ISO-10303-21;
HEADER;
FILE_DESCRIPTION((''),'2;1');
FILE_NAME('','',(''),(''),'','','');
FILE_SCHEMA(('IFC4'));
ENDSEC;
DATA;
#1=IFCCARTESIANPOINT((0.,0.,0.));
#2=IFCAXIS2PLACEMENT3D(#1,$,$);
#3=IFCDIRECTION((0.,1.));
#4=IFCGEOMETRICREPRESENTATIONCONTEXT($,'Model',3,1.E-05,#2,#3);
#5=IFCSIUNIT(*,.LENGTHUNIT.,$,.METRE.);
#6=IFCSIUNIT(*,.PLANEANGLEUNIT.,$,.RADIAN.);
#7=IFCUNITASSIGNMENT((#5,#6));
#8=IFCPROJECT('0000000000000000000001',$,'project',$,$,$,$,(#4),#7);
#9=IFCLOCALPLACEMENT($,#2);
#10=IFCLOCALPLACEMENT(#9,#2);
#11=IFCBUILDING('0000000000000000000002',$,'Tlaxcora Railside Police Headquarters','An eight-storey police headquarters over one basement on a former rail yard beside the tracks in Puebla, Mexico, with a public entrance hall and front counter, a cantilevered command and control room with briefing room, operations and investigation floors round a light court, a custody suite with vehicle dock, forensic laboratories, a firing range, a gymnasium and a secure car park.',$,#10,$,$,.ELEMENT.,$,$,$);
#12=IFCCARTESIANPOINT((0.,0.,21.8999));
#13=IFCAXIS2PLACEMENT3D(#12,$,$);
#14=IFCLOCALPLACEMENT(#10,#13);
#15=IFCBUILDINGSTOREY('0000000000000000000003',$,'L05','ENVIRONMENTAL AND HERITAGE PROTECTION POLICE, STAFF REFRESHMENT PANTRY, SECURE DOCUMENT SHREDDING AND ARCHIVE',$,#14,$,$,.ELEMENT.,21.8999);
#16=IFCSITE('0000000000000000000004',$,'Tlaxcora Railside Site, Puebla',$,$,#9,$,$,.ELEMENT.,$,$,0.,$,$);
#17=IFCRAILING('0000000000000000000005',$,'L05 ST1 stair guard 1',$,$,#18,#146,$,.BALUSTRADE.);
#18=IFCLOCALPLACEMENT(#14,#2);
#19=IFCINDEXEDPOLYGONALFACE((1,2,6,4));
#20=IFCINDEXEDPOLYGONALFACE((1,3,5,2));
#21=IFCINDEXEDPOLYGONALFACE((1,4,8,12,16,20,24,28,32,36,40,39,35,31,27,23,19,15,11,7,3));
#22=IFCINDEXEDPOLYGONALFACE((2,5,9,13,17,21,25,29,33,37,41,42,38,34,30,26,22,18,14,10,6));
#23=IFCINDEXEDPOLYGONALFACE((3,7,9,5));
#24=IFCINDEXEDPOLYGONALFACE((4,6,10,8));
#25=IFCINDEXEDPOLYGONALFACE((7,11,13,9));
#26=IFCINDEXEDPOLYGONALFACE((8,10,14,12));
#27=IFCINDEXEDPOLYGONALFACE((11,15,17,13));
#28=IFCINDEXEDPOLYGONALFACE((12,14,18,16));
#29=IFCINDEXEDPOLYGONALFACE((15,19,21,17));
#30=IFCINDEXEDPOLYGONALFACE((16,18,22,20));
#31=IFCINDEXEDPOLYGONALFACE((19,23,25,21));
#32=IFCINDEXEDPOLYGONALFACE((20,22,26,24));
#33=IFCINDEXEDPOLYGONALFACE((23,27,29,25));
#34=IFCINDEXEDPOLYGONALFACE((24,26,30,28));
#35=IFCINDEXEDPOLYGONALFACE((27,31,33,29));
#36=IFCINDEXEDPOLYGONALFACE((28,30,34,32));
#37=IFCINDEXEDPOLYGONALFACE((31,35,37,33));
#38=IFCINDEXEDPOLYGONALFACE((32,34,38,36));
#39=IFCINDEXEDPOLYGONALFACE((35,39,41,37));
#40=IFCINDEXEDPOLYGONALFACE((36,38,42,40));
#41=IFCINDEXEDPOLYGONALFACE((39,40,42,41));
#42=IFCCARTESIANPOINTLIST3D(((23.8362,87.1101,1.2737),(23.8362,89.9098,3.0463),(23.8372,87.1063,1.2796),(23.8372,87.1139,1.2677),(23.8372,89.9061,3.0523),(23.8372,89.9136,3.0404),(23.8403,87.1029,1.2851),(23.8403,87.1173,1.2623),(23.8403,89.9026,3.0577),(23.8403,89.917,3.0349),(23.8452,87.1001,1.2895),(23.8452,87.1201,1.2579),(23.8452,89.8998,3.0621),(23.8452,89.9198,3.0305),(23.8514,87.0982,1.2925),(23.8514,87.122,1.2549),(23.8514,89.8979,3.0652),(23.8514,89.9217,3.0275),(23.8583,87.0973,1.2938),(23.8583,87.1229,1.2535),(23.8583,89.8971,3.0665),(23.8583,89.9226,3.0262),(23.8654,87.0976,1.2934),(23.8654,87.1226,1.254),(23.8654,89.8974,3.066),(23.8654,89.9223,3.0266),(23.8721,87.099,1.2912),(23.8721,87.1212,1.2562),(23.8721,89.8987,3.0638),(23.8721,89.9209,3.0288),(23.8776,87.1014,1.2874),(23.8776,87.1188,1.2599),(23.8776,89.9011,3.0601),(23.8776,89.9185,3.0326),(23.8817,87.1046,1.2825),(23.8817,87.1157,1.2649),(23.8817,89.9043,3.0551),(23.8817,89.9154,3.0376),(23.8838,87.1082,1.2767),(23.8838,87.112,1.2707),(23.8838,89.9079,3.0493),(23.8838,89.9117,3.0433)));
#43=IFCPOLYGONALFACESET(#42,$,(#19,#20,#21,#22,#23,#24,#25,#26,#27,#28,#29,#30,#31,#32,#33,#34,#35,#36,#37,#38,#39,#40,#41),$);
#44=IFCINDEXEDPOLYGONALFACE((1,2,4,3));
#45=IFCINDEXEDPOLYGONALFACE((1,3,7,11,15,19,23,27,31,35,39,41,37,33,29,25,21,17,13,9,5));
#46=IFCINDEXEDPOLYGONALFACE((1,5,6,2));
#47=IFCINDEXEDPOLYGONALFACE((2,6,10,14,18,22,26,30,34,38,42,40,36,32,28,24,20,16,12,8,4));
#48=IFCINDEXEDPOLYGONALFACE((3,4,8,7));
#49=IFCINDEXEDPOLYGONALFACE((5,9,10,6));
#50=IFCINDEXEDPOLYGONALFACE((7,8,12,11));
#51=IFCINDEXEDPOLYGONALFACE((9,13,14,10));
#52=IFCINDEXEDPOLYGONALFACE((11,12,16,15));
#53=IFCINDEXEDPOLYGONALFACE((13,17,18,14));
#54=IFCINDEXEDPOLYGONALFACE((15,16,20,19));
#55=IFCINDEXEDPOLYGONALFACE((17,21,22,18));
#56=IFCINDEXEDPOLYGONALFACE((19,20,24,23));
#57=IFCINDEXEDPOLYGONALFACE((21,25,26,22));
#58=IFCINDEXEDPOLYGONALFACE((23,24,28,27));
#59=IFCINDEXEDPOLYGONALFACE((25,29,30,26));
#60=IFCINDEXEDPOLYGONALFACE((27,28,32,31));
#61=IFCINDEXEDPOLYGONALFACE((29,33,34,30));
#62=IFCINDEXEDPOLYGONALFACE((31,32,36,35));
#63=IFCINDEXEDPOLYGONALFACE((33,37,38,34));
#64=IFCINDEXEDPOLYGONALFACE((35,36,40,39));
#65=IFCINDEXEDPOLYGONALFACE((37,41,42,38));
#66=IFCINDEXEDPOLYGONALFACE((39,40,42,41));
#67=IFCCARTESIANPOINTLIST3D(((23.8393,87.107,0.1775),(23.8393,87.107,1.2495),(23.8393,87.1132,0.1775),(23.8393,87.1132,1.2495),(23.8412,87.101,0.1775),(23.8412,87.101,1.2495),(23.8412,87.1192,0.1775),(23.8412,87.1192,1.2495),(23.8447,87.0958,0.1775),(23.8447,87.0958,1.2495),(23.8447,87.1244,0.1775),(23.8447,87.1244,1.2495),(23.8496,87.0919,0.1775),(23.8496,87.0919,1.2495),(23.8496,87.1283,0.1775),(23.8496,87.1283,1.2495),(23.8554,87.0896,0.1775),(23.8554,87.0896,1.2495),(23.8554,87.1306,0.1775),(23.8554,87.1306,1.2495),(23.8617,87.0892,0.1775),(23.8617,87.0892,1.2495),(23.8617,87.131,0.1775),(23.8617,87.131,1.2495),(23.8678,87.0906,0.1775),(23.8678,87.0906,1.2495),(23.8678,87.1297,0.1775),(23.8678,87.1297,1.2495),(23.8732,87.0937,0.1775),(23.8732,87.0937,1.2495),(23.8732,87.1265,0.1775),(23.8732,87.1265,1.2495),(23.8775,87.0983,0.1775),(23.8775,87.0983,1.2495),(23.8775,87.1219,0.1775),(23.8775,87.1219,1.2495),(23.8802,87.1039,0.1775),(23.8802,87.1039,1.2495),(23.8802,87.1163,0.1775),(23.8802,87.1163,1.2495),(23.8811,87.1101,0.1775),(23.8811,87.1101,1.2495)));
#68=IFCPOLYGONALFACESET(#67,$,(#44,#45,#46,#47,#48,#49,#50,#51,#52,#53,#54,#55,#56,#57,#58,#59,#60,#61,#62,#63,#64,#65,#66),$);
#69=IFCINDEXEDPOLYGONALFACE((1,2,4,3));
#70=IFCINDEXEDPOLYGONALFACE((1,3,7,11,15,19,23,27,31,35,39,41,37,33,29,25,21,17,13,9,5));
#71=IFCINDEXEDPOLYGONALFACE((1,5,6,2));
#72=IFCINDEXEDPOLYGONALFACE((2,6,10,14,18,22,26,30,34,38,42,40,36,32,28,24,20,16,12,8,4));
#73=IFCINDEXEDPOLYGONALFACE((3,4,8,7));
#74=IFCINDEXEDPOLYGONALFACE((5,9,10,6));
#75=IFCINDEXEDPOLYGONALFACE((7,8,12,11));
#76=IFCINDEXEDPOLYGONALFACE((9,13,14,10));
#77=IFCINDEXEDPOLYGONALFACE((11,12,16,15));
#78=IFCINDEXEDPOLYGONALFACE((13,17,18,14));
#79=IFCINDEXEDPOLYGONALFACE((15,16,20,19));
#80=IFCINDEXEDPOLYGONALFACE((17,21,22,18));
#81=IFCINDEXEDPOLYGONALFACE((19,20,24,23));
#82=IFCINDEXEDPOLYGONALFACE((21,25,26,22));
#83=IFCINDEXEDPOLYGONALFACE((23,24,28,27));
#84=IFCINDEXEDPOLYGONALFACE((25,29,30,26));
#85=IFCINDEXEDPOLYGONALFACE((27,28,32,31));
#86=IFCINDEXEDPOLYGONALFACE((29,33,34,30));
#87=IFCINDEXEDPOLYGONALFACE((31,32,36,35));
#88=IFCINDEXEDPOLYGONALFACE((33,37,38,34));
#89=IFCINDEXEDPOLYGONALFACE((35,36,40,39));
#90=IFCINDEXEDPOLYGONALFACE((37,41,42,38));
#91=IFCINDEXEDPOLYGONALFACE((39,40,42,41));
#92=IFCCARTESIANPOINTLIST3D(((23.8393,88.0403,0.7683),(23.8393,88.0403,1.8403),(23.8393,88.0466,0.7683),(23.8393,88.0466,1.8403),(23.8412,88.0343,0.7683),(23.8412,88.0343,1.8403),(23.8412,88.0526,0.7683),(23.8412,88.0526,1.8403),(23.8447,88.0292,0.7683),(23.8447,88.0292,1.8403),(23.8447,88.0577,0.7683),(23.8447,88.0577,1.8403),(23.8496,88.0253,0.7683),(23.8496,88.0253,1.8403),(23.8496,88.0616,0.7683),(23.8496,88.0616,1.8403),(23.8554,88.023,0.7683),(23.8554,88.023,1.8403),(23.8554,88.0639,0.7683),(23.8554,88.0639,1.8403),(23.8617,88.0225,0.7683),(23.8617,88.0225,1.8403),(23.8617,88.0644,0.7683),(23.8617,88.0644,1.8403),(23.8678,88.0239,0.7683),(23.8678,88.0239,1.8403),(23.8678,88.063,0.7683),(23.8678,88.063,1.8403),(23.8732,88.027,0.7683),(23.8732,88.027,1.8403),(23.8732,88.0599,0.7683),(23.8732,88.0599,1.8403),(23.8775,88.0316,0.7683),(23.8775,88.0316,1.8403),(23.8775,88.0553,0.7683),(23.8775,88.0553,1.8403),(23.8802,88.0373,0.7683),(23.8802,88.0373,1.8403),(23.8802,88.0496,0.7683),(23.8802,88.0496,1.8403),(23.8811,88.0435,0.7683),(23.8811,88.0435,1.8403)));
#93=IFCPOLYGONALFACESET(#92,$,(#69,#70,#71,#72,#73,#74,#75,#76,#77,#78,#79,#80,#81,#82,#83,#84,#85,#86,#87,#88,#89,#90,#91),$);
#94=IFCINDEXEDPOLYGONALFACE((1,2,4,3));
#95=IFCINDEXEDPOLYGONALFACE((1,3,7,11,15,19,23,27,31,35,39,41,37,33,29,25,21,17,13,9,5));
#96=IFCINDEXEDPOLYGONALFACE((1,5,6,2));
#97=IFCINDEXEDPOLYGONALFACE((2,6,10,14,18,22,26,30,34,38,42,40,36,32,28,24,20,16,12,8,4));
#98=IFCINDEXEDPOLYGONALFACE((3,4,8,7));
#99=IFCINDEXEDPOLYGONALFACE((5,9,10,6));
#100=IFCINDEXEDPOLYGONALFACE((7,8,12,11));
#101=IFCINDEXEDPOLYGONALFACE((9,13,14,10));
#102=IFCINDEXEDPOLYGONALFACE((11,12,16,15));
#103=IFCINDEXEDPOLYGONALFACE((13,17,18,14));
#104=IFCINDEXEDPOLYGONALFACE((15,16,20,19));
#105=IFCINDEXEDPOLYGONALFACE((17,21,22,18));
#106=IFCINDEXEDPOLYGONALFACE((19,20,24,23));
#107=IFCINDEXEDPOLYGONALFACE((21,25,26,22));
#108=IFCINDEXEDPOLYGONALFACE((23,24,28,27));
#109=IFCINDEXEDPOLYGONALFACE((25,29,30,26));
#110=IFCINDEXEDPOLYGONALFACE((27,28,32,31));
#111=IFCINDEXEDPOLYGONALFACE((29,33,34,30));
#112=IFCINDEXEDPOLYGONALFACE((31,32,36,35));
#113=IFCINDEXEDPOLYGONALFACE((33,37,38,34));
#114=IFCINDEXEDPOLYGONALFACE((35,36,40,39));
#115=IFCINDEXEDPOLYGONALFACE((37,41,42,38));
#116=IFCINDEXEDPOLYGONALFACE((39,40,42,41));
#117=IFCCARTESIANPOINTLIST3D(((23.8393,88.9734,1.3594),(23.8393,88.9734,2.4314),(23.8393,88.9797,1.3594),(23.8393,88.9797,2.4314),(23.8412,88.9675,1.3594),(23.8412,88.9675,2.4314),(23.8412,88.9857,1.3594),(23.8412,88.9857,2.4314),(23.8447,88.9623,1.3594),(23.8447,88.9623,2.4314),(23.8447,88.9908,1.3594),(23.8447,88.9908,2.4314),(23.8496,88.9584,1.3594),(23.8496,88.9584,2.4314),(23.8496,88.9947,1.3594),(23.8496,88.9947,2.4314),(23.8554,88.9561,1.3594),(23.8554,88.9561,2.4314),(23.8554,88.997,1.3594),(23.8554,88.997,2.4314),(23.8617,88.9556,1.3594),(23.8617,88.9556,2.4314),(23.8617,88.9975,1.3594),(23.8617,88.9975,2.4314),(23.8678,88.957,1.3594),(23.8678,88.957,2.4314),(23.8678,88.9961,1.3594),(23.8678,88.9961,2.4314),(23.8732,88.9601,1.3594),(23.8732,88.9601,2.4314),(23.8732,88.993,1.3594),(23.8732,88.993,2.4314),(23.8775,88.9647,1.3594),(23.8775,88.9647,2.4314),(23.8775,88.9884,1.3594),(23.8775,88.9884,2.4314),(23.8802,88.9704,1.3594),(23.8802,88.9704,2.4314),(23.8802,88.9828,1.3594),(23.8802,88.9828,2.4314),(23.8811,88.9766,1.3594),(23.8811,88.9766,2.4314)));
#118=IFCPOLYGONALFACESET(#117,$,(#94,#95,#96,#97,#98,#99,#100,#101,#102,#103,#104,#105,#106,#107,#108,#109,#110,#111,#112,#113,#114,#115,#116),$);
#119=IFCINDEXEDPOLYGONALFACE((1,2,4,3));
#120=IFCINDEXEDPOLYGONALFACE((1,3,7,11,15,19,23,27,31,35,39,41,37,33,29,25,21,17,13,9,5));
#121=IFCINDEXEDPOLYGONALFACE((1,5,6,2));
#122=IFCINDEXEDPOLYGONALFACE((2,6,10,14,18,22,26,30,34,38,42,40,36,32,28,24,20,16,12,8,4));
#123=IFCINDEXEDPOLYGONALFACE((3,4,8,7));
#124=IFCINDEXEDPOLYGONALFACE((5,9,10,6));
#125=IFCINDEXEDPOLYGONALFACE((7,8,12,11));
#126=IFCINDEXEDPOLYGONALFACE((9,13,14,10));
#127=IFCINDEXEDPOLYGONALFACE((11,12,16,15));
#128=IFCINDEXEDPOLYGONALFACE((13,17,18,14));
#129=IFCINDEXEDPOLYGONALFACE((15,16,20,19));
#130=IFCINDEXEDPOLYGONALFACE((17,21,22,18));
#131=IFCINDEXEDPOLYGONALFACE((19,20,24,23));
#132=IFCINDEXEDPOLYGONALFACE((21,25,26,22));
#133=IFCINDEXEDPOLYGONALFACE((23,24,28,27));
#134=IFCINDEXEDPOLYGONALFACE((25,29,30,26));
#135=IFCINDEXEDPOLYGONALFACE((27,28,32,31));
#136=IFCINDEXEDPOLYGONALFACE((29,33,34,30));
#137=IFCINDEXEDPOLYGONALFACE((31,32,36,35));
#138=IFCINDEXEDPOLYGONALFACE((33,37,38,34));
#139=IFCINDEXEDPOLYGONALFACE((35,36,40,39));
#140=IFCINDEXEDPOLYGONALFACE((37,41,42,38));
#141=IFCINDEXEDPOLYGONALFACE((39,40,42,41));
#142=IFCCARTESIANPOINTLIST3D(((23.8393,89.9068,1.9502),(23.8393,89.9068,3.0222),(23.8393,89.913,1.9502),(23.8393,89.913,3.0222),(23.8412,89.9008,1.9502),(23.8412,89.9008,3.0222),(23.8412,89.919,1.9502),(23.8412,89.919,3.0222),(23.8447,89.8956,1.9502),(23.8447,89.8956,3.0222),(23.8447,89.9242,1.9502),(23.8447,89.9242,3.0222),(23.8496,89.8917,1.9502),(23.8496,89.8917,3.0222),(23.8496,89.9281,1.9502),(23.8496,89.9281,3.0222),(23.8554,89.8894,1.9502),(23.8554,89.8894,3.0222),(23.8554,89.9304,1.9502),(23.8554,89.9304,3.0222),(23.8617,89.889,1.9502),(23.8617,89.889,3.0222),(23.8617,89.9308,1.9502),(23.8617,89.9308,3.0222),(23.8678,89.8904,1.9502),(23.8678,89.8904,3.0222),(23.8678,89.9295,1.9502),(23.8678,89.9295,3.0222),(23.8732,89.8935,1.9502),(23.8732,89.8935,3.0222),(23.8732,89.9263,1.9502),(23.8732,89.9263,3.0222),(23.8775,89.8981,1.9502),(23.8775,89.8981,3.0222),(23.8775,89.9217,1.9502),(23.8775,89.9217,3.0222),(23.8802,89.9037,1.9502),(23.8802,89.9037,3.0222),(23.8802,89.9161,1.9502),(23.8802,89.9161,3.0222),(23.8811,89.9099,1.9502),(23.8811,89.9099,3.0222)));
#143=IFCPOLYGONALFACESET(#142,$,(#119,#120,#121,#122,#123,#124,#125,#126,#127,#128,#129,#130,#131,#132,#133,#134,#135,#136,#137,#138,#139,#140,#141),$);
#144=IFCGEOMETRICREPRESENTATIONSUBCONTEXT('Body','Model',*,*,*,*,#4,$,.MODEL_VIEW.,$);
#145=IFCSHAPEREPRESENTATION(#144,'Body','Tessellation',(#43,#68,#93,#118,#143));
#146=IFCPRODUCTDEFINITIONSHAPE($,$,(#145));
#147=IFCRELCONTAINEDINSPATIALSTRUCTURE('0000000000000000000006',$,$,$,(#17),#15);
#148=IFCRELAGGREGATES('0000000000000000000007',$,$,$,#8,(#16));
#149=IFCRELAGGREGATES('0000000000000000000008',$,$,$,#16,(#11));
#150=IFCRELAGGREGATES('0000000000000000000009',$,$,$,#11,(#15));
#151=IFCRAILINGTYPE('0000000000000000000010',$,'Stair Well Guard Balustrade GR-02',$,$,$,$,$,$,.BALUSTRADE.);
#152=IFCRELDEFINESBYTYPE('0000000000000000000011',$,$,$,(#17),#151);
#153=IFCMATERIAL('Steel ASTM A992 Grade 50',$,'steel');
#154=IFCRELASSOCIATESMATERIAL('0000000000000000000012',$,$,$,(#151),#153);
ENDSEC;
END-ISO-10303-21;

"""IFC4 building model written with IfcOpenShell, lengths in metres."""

from ifc_helpers import new_model, si_unit, direction, frame, origin, origin_2d, place, context, subcontext, project, spatial, circle, extrude, material, type_object, element, save


model = new_model("IFC4")

# Units and contexts
model_context = context("Model", 3, precision=1e-05, world=origin(), true_north=direction((0.0, 1.0)))
body_context = subcontext(model_context, "Body", "Model", "MODEL_VIEW")
ifc_project = project(units=[si_unit("LENGTHUNIT", "METRE"), si_unit("PLANEANGLEUNIT", "RADIAN")], contexts=[model_context])

# Site, building, storey
site_placement = place(None, origin())
site = spatial("IfcSite", under=ifc_project, at=site_placement, Name="Tlaxcora Railside Site, Puebla", CompositionType="ELEMENT", RefElevation=0.0)
building_placement = place(site_placement, origin())
building = spatial("IfcBuilding", under=site, at=building_placement, Name="Tlaxcora Railside Police Headquarters", Description="An eight-storey police headquarters over one basement on a former rail yard beside the tracks in Puebla, Mexico, with a public entrance hall and front counter, a cantilevered command and control room with briefing room, operations and investigation floors round a light court, a custody suite with vehicle dock, forensic laboratories, a firing range, a gymnasium and a secure car park.", CompositionType="ELEMENT")
storey_placement = place(building_placement, frame((0.0, 0.0, 21.8999)))
storey = spatial("IfcBuildingStorey", under=building, at=storey_placement, Name="L05", Description="ENVIRONMENTAL AND HERITAGE PROTECTION POLICE, STAFF REFRESHMENT PANTRY, SECURE DOCUMENT SHREDDING AND ARCHIVE", CompositionType="ELEMENT", Elevation=21.8999)

# Shared definitions
ifc_material_1 = material(Name="Steel ASTM A992 Grade 50", Category="steel")

# Railing
railing_type_1 = type_object("IfcRailingType", Name="Stair Well Guard Balustrade GR-02", PredefinedType="BALUSTRADE", material=ifc_material_1)
railing_1_placement = place(storey_placement, frame((23.8601, 87.1101, 0.1775)))
element("IfcRailing", 1, at=railing_1_placement, inside=storey, type_object=railing_type_1, Name="L05 ST1 stair guard 1", PredefinedType="BALUSTRADE", context=body_context, shape_type="SweptSolid", body=[
    extrude(circle(Radius=0.0239, at=origin_2d()), frame((0.0, 0.0, 1.0962), z_axis=(0.0, 0.844888, 0.534943), x_axis=(-1.0, 0.0, 0.0)), (0.0, 0.0, 1.0), 3.3137),
    extrude(circle(Radius=0.021, at=origin_2d()), origin(), (0.0, 0.0, 1.0), 1.072),
    extrude(circle(Radius=0.021, at=origin_2d()), frame((0.0, 0.9333, 0.5908)), (0.0, 0.0, 1.0), 1.072),
    extrude(circle(Radius=0.021, at=origin_2d()), frame((0.0, 1.8665, 1.1819)), (0.0, 0.0, 1.0), 1.072),
    extrude(circle(Radius=0.021, at=origin_2d()), frame((0.0, 2.7998, 1.7727)), (0.0, 0.0, 1.0), 1.072),
])

save(model, "model.ifc")
